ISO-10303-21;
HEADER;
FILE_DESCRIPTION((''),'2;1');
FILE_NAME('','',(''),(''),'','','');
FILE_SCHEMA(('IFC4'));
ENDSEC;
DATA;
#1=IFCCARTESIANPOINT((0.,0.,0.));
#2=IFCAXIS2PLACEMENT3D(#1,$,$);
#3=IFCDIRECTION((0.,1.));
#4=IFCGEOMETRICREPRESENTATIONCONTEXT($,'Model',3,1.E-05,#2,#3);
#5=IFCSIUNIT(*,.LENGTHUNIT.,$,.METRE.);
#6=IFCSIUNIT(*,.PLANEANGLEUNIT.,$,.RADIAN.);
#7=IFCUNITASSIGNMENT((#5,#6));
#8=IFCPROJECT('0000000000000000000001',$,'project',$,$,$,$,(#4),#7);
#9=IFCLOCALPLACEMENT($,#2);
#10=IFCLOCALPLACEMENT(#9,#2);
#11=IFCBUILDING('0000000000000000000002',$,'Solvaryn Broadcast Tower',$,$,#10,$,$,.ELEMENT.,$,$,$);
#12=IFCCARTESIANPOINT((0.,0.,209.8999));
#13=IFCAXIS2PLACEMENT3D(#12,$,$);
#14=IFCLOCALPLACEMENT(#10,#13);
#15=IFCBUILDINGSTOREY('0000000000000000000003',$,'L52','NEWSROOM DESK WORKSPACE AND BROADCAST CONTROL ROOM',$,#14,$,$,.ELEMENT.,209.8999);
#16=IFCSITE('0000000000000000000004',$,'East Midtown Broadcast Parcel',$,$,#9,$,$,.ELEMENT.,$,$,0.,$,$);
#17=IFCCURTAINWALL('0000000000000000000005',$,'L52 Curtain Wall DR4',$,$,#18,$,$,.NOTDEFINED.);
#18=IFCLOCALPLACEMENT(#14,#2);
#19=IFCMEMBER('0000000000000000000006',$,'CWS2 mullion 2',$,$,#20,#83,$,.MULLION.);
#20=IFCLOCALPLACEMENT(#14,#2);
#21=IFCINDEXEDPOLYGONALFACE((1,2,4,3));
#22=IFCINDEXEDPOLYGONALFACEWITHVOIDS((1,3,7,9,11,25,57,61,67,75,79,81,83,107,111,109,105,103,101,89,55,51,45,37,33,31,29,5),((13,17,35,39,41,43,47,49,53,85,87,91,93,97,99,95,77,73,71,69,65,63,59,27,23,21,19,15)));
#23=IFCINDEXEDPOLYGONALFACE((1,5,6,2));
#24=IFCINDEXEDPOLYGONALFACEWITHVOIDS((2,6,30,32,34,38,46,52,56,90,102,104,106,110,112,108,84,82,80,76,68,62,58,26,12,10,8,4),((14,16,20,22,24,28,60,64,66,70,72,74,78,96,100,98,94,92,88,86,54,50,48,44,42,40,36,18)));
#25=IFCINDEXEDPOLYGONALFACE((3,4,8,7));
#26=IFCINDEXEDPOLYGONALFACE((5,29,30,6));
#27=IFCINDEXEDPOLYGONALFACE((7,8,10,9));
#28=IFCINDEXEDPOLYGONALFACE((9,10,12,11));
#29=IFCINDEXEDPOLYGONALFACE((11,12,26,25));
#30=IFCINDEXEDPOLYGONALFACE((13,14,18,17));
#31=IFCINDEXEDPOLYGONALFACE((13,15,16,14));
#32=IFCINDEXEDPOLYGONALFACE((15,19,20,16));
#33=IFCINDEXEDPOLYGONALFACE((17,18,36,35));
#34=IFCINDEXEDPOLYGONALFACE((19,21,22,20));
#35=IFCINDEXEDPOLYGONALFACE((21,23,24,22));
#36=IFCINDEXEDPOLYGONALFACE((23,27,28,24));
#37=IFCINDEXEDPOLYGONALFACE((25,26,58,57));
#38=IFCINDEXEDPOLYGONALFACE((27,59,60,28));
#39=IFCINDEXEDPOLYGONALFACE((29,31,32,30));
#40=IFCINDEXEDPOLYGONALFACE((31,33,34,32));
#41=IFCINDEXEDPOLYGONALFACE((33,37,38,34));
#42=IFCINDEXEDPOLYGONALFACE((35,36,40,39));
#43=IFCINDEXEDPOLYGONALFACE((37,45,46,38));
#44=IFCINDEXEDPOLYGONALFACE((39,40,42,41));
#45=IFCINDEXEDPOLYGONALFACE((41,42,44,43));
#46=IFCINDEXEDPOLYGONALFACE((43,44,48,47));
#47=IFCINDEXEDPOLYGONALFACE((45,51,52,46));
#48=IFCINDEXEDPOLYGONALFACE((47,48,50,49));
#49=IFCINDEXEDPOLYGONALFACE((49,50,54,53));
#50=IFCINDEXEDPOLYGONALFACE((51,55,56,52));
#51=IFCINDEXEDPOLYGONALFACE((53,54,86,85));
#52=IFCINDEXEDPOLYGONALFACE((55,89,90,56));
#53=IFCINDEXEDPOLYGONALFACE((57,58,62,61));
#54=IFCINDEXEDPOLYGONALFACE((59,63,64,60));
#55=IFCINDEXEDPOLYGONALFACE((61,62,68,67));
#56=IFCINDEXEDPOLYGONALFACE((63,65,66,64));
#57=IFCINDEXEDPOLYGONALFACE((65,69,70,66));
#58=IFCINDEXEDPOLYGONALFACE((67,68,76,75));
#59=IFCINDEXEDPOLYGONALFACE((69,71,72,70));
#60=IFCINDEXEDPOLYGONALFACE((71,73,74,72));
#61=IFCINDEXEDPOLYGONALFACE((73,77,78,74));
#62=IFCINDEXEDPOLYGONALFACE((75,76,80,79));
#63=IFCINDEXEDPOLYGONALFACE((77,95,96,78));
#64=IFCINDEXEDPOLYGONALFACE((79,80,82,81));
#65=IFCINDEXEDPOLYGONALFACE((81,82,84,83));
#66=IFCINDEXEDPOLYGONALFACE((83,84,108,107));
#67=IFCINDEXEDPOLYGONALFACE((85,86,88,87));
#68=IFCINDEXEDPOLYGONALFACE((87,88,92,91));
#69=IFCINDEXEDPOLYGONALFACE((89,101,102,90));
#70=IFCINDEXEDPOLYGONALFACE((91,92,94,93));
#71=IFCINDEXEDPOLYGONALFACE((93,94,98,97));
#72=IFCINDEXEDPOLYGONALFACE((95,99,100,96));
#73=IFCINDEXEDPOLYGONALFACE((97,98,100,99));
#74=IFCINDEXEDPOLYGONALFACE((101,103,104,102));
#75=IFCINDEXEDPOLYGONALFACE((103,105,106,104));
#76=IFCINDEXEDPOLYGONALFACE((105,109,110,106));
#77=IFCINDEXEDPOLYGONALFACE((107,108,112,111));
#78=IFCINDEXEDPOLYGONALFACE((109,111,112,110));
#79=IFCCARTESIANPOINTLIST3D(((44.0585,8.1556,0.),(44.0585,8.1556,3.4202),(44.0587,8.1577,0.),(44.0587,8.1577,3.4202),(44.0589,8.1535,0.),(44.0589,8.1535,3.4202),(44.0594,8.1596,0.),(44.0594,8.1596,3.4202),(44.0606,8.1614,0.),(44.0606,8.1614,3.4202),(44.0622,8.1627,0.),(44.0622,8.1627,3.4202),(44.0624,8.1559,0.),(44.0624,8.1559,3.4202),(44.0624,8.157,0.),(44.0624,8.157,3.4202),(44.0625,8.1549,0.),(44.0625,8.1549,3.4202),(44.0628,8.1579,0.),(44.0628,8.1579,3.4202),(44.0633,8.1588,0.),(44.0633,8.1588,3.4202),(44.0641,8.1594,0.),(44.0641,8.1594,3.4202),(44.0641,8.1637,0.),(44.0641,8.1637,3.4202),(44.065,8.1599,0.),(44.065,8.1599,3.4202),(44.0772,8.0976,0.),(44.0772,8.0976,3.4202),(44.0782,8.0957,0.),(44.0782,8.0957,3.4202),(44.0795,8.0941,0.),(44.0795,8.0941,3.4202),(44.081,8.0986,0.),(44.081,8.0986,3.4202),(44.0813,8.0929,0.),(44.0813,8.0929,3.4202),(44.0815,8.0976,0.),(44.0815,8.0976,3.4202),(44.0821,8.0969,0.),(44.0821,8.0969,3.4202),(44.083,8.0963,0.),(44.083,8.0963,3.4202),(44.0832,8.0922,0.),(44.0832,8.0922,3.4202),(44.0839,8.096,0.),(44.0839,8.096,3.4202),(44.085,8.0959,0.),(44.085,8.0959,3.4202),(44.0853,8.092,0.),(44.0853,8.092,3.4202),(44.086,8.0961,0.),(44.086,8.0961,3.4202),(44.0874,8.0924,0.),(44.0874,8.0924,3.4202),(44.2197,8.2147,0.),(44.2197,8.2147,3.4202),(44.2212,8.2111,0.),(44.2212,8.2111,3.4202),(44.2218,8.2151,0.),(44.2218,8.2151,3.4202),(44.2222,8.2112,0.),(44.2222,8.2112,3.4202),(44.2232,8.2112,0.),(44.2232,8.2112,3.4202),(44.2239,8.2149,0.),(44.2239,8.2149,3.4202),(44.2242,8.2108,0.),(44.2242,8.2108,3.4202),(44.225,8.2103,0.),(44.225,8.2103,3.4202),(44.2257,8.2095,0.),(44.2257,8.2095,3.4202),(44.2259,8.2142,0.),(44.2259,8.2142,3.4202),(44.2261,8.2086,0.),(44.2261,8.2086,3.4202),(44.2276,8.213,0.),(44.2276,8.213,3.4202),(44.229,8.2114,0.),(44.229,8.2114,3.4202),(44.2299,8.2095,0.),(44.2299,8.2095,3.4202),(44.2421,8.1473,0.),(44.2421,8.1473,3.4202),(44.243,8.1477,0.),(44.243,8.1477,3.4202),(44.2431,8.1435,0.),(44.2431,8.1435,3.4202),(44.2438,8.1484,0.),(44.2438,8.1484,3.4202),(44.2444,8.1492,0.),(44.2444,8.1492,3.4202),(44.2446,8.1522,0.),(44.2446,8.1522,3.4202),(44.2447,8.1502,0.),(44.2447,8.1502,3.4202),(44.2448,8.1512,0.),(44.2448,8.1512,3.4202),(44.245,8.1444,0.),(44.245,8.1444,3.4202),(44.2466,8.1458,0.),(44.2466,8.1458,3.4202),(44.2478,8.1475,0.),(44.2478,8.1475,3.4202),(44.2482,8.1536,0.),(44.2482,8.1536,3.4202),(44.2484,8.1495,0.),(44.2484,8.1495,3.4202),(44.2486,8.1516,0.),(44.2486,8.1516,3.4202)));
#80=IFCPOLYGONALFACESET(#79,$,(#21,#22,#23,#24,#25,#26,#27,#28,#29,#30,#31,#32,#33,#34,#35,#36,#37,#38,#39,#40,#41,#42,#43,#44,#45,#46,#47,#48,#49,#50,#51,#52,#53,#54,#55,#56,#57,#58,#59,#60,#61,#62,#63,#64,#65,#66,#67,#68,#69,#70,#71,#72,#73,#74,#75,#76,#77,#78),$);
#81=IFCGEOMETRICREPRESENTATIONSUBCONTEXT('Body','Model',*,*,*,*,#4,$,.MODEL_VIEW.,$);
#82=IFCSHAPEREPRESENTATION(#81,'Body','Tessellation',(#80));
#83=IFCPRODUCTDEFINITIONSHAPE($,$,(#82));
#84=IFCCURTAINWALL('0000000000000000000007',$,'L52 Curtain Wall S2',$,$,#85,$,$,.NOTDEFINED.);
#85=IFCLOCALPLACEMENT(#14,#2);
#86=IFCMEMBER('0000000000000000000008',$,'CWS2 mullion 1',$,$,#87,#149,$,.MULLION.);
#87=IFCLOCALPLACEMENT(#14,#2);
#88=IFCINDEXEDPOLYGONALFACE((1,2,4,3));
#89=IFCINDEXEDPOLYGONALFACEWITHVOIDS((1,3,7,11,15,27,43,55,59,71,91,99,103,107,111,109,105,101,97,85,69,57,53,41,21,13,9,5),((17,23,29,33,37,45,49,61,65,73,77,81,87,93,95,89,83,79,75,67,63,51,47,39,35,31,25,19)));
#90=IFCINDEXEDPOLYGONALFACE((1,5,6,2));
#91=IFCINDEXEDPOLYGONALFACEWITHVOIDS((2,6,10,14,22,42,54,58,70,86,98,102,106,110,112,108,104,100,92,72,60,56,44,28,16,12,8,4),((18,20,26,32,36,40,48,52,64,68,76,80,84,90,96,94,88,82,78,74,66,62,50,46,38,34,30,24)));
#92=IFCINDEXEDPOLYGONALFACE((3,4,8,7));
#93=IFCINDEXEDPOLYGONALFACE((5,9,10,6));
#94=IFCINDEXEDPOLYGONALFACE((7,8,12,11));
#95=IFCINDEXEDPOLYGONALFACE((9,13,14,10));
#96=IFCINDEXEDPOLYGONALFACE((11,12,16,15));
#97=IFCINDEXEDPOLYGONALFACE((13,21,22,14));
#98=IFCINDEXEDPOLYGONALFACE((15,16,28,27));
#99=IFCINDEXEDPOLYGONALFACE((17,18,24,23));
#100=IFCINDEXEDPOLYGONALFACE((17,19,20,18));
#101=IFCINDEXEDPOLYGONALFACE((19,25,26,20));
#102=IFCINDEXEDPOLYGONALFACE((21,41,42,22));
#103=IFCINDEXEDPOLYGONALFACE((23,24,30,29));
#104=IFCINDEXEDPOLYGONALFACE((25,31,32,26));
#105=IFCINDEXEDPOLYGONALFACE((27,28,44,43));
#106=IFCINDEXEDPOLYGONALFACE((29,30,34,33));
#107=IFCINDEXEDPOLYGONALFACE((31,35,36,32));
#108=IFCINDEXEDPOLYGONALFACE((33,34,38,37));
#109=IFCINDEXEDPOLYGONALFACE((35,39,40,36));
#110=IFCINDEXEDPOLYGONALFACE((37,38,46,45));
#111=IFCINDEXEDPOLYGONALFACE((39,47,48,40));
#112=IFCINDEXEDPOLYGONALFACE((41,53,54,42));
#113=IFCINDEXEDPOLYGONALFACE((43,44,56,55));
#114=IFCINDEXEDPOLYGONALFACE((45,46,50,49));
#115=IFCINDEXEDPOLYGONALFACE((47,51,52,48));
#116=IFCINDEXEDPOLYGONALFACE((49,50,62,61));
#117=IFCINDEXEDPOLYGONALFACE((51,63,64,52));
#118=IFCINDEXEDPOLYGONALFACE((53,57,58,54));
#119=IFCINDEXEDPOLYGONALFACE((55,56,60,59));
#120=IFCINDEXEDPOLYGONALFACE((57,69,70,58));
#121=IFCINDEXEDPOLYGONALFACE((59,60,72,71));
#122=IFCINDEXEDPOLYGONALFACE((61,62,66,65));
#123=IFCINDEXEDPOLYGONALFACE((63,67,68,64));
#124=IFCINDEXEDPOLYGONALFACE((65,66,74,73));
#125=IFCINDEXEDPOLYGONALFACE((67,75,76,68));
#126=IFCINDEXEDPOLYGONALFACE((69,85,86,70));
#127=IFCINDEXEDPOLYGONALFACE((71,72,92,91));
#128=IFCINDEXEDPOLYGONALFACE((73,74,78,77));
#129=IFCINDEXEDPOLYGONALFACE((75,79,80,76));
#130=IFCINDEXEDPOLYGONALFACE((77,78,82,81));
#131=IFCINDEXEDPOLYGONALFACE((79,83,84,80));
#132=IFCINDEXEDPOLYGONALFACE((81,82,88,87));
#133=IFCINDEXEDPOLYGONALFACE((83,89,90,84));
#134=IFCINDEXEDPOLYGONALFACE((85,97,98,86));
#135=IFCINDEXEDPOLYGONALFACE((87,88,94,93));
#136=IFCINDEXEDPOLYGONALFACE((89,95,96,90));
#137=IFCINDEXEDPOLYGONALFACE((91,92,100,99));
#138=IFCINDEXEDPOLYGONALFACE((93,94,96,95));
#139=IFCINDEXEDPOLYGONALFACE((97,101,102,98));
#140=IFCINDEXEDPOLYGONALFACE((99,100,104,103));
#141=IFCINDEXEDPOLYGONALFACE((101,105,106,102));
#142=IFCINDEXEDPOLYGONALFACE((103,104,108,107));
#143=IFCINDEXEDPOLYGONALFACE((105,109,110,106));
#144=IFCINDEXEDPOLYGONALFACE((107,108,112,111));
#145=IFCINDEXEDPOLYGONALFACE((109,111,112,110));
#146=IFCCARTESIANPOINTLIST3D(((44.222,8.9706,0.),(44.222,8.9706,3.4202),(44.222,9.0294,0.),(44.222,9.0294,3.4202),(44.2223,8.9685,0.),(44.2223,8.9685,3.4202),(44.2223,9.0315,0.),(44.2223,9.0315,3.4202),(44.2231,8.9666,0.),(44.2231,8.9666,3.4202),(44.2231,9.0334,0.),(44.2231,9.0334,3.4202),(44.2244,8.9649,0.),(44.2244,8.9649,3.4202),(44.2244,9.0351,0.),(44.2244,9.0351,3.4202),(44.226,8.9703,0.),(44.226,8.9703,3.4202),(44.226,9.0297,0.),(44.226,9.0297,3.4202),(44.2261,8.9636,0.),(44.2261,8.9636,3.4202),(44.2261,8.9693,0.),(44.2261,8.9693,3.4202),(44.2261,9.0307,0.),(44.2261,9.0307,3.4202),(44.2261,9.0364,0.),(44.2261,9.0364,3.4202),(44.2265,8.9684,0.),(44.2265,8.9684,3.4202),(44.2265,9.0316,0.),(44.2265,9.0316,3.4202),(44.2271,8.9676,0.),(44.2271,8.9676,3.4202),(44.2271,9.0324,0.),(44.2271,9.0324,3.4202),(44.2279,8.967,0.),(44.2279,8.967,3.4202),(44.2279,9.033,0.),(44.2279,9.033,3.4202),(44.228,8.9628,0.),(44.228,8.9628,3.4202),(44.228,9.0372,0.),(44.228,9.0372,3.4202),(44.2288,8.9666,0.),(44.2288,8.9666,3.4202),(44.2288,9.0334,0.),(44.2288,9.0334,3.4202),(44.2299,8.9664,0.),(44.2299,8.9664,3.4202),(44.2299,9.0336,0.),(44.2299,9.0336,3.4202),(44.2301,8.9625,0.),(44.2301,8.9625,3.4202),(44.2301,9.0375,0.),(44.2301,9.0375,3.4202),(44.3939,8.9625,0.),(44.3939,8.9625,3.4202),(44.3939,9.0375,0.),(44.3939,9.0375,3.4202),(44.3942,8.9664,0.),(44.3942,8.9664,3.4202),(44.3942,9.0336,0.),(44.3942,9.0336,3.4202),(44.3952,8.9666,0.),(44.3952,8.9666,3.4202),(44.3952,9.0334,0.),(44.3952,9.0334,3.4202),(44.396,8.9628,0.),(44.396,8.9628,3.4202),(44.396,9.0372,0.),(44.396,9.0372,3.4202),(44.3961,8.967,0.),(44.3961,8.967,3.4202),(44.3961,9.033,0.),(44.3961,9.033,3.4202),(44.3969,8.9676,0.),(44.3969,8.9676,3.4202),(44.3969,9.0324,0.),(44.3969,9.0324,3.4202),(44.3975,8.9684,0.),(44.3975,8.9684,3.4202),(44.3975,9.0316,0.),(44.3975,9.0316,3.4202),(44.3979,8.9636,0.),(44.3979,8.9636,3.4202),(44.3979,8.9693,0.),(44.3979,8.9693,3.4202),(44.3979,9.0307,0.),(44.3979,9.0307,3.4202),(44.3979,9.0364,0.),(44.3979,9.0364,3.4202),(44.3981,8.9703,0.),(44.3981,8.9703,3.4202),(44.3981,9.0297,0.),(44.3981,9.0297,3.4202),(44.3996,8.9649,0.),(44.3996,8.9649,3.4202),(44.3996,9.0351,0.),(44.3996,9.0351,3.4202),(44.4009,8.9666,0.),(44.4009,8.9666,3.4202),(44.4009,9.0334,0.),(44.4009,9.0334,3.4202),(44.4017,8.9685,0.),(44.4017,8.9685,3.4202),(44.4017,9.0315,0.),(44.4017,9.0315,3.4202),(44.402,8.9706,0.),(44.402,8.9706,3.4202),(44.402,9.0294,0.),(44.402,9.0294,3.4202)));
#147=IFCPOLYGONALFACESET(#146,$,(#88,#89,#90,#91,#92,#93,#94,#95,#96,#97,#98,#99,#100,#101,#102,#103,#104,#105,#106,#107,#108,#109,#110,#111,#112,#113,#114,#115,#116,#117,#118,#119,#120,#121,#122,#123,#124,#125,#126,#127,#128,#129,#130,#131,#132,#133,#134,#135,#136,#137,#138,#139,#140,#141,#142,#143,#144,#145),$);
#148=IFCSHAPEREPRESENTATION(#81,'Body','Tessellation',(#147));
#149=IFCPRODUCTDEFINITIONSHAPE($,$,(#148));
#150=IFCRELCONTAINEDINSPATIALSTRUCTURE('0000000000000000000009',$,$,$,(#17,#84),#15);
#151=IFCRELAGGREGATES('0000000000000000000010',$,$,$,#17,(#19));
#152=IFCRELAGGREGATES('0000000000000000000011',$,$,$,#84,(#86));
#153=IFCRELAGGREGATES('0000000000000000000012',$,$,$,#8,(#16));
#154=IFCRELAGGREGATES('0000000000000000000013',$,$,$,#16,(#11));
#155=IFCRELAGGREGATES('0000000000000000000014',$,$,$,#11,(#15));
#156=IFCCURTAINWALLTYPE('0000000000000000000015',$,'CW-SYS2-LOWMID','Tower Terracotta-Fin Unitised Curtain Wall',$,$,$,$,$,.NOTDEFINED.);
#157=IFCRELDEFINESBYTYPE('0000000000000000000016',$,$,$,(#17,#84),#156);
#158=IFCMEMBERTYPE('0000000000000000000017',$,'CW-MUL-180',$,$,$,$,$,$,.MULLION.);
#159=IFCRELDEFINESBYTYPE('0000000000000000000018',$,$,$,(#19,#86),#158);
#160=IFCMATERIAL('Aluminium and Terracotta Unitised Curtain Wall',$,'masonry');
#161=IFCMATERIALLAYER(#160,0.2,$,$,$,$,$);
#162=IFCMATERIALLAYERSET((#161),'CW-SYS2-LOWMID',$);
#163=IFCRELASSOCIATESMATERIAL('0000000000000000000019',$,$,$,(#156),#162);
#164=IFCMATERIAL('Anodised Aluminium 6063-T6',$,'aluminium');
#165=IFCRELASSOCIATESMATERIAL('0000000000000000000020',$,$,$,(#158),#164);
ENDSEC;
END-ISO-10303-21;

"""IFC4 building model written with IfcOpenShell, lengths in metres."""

from ifc_helpers import new_model, si_unit, direction, frame, origin, origin_2d, place, context, subcontext, project, spatial, hollow_rectangle, extrude, material, layer, layer_set, material_profile, profile_set, type_object, element, aggregate, save


model = new_model("IFC4")

# Units and contexts
model_context = context("Model", 3, precision=1e-05, world=origin(), true_north=direction((0.0, 1.0)))
body_context = subcontext(model_context, "Body", "Model", "MODEL_VIEW")
ifc_project = project(units=[si_unit("LENGTHUNIT", "METRE"), si_unit("PLANEANGLEUNIT", "RADIAN")], contexts=[model_context])

# Site, building, storey
site_placement = place(None, origin())
site = spatial("IfcSite", under=ifc_project, at=site_placement, Name="East Midtown Broadcast Parcel", CompositionType="ELEMENT", RefElevation=0.0)
building_placement = place(site_placement, origin())
building = spatial("IfcBuilding", under=site, at=building_placement, Name="Solvaryn Broadcast Tower", CompositionType="ELEMENT")
storey_placement = place(building_placement, frame((0.0, 0.0, 209.8999)))
storey = spatial("IfcBuildingStorey", under=building, at=storey_placement, Name="L52", Description="NEWSROOM DESK WORKSPACE AND BROADCAST CONTROL ROOM", CompositionType="ELEMENT", Elevation=209.8999)

# Curtain wall, member
ifc_material_1 = material(Name="Aluminium and Terracotta Unitised Curtain Wall", Category="masonry")
ifc_layer_1 = layer(ifc_material_1, 0.2)
ifc_layer_set_1 = layer_set([ifc_layer_1], Name="CW-SYS2-LOWMID")
curtain_wall_type = type_object("IfcCurtainWallType", Name="CW-SYS2-LOWMID", Description="Tower Terracotta-Fin Unitised Curtain Wall", PredefinedType="NOTDEFINED", material=ifc_layer_set_1)
curtain_wall_1_placement = place(storey_placement, origin())
curtain_wall_1 = element("IfcCurtainWall", 1, at=curtain_wall_1_placement, inside=storey, type_object=curtain_wall_type, Name="L52 Curtain Wall DR4", PredefinedType="NOTDEFINED")
ifc_material_2 = material(Name="Anodised Aluminium 6063-T6", Category="aluminium")
ifc_material_profile_1 = material_profile(ifc_material_2, hollow_rectangle(XDim=0.075, YDim=0.1799, WallThickness=0.0039, InnerFilletRadius=0.0039, OuterFilletRadius=0.0081, at=origin_2d()))
ifc_profile_set_1 = profile_set([ifc_material_profile_1], Name="Anodised Aluminium 6063-T6")
member_type_1 = type_object("IfcMemberType", Name="CW-MUL-180", PredefinedType="MULLION", material=ifc_profile_set_1)
member_1_placement = place(storey_placement, frame((44.1536, 8.1536, 0.0), z_axis=(0.0, 0.0, 1.0), x_axis=(-0.311559, 0.950227, 0.0)))
member_1 = element("IfcMember", 2, at=member_1_placement, type_object=member_type_1, Name="CWS2 mullion 2", PredefinedType="MULLION", context=body_context, shape_type="SweptSolid", body=[
    extrude(hollow_rectangle(XDim=0.075, YDim=0.1799, WallThickness=0.0039, InnerFilletRadius=0.0039, OuterFilletRadius=0.0081, at=origin_2d()), origin(), (0.0, 0.0, 1.0), 3.4202),
])
aggregate(curtain_wall_1, [member_1])

# Curtain wall, member
curtain_wall_2_placement = place(storey_placement, origin())
curtain_wall_2 = element("IfcCurtainWall", 3, at=curtain_wall_2_placement, inside=storey, type_object=curtain_wall_type, Name="L52 Curtain Wall S2", PredefinedType="NOTDEFINED")
member_2_placement = place(storey_placement, frame((44.312, 9.0, 0.0), z_axis=(0.0, 0.0, 1.0), x_axis=(0.0, 1.0, 0.0)))
member_2 = element("IfcMember", 4, at=member_2_placement, type_object=member_type_1, Name="CWS2 mullion 1", PredefinedType="MULLION", context=body_context, shape_type="SweptSolid", body=[
    extrude(hollow_rectangle(XDim=0.075, YDim=0.1799, WallThickness=0.0039, InnerFilletRadius=0.0039, OuterFilletRadius=0.0081, at=origin_2d()), origin(), (0.0, 0.0, 1.0), 3.4202),
])
aggregate(curtain_wall_2, [member_2])

save(model, "model.ifc")
